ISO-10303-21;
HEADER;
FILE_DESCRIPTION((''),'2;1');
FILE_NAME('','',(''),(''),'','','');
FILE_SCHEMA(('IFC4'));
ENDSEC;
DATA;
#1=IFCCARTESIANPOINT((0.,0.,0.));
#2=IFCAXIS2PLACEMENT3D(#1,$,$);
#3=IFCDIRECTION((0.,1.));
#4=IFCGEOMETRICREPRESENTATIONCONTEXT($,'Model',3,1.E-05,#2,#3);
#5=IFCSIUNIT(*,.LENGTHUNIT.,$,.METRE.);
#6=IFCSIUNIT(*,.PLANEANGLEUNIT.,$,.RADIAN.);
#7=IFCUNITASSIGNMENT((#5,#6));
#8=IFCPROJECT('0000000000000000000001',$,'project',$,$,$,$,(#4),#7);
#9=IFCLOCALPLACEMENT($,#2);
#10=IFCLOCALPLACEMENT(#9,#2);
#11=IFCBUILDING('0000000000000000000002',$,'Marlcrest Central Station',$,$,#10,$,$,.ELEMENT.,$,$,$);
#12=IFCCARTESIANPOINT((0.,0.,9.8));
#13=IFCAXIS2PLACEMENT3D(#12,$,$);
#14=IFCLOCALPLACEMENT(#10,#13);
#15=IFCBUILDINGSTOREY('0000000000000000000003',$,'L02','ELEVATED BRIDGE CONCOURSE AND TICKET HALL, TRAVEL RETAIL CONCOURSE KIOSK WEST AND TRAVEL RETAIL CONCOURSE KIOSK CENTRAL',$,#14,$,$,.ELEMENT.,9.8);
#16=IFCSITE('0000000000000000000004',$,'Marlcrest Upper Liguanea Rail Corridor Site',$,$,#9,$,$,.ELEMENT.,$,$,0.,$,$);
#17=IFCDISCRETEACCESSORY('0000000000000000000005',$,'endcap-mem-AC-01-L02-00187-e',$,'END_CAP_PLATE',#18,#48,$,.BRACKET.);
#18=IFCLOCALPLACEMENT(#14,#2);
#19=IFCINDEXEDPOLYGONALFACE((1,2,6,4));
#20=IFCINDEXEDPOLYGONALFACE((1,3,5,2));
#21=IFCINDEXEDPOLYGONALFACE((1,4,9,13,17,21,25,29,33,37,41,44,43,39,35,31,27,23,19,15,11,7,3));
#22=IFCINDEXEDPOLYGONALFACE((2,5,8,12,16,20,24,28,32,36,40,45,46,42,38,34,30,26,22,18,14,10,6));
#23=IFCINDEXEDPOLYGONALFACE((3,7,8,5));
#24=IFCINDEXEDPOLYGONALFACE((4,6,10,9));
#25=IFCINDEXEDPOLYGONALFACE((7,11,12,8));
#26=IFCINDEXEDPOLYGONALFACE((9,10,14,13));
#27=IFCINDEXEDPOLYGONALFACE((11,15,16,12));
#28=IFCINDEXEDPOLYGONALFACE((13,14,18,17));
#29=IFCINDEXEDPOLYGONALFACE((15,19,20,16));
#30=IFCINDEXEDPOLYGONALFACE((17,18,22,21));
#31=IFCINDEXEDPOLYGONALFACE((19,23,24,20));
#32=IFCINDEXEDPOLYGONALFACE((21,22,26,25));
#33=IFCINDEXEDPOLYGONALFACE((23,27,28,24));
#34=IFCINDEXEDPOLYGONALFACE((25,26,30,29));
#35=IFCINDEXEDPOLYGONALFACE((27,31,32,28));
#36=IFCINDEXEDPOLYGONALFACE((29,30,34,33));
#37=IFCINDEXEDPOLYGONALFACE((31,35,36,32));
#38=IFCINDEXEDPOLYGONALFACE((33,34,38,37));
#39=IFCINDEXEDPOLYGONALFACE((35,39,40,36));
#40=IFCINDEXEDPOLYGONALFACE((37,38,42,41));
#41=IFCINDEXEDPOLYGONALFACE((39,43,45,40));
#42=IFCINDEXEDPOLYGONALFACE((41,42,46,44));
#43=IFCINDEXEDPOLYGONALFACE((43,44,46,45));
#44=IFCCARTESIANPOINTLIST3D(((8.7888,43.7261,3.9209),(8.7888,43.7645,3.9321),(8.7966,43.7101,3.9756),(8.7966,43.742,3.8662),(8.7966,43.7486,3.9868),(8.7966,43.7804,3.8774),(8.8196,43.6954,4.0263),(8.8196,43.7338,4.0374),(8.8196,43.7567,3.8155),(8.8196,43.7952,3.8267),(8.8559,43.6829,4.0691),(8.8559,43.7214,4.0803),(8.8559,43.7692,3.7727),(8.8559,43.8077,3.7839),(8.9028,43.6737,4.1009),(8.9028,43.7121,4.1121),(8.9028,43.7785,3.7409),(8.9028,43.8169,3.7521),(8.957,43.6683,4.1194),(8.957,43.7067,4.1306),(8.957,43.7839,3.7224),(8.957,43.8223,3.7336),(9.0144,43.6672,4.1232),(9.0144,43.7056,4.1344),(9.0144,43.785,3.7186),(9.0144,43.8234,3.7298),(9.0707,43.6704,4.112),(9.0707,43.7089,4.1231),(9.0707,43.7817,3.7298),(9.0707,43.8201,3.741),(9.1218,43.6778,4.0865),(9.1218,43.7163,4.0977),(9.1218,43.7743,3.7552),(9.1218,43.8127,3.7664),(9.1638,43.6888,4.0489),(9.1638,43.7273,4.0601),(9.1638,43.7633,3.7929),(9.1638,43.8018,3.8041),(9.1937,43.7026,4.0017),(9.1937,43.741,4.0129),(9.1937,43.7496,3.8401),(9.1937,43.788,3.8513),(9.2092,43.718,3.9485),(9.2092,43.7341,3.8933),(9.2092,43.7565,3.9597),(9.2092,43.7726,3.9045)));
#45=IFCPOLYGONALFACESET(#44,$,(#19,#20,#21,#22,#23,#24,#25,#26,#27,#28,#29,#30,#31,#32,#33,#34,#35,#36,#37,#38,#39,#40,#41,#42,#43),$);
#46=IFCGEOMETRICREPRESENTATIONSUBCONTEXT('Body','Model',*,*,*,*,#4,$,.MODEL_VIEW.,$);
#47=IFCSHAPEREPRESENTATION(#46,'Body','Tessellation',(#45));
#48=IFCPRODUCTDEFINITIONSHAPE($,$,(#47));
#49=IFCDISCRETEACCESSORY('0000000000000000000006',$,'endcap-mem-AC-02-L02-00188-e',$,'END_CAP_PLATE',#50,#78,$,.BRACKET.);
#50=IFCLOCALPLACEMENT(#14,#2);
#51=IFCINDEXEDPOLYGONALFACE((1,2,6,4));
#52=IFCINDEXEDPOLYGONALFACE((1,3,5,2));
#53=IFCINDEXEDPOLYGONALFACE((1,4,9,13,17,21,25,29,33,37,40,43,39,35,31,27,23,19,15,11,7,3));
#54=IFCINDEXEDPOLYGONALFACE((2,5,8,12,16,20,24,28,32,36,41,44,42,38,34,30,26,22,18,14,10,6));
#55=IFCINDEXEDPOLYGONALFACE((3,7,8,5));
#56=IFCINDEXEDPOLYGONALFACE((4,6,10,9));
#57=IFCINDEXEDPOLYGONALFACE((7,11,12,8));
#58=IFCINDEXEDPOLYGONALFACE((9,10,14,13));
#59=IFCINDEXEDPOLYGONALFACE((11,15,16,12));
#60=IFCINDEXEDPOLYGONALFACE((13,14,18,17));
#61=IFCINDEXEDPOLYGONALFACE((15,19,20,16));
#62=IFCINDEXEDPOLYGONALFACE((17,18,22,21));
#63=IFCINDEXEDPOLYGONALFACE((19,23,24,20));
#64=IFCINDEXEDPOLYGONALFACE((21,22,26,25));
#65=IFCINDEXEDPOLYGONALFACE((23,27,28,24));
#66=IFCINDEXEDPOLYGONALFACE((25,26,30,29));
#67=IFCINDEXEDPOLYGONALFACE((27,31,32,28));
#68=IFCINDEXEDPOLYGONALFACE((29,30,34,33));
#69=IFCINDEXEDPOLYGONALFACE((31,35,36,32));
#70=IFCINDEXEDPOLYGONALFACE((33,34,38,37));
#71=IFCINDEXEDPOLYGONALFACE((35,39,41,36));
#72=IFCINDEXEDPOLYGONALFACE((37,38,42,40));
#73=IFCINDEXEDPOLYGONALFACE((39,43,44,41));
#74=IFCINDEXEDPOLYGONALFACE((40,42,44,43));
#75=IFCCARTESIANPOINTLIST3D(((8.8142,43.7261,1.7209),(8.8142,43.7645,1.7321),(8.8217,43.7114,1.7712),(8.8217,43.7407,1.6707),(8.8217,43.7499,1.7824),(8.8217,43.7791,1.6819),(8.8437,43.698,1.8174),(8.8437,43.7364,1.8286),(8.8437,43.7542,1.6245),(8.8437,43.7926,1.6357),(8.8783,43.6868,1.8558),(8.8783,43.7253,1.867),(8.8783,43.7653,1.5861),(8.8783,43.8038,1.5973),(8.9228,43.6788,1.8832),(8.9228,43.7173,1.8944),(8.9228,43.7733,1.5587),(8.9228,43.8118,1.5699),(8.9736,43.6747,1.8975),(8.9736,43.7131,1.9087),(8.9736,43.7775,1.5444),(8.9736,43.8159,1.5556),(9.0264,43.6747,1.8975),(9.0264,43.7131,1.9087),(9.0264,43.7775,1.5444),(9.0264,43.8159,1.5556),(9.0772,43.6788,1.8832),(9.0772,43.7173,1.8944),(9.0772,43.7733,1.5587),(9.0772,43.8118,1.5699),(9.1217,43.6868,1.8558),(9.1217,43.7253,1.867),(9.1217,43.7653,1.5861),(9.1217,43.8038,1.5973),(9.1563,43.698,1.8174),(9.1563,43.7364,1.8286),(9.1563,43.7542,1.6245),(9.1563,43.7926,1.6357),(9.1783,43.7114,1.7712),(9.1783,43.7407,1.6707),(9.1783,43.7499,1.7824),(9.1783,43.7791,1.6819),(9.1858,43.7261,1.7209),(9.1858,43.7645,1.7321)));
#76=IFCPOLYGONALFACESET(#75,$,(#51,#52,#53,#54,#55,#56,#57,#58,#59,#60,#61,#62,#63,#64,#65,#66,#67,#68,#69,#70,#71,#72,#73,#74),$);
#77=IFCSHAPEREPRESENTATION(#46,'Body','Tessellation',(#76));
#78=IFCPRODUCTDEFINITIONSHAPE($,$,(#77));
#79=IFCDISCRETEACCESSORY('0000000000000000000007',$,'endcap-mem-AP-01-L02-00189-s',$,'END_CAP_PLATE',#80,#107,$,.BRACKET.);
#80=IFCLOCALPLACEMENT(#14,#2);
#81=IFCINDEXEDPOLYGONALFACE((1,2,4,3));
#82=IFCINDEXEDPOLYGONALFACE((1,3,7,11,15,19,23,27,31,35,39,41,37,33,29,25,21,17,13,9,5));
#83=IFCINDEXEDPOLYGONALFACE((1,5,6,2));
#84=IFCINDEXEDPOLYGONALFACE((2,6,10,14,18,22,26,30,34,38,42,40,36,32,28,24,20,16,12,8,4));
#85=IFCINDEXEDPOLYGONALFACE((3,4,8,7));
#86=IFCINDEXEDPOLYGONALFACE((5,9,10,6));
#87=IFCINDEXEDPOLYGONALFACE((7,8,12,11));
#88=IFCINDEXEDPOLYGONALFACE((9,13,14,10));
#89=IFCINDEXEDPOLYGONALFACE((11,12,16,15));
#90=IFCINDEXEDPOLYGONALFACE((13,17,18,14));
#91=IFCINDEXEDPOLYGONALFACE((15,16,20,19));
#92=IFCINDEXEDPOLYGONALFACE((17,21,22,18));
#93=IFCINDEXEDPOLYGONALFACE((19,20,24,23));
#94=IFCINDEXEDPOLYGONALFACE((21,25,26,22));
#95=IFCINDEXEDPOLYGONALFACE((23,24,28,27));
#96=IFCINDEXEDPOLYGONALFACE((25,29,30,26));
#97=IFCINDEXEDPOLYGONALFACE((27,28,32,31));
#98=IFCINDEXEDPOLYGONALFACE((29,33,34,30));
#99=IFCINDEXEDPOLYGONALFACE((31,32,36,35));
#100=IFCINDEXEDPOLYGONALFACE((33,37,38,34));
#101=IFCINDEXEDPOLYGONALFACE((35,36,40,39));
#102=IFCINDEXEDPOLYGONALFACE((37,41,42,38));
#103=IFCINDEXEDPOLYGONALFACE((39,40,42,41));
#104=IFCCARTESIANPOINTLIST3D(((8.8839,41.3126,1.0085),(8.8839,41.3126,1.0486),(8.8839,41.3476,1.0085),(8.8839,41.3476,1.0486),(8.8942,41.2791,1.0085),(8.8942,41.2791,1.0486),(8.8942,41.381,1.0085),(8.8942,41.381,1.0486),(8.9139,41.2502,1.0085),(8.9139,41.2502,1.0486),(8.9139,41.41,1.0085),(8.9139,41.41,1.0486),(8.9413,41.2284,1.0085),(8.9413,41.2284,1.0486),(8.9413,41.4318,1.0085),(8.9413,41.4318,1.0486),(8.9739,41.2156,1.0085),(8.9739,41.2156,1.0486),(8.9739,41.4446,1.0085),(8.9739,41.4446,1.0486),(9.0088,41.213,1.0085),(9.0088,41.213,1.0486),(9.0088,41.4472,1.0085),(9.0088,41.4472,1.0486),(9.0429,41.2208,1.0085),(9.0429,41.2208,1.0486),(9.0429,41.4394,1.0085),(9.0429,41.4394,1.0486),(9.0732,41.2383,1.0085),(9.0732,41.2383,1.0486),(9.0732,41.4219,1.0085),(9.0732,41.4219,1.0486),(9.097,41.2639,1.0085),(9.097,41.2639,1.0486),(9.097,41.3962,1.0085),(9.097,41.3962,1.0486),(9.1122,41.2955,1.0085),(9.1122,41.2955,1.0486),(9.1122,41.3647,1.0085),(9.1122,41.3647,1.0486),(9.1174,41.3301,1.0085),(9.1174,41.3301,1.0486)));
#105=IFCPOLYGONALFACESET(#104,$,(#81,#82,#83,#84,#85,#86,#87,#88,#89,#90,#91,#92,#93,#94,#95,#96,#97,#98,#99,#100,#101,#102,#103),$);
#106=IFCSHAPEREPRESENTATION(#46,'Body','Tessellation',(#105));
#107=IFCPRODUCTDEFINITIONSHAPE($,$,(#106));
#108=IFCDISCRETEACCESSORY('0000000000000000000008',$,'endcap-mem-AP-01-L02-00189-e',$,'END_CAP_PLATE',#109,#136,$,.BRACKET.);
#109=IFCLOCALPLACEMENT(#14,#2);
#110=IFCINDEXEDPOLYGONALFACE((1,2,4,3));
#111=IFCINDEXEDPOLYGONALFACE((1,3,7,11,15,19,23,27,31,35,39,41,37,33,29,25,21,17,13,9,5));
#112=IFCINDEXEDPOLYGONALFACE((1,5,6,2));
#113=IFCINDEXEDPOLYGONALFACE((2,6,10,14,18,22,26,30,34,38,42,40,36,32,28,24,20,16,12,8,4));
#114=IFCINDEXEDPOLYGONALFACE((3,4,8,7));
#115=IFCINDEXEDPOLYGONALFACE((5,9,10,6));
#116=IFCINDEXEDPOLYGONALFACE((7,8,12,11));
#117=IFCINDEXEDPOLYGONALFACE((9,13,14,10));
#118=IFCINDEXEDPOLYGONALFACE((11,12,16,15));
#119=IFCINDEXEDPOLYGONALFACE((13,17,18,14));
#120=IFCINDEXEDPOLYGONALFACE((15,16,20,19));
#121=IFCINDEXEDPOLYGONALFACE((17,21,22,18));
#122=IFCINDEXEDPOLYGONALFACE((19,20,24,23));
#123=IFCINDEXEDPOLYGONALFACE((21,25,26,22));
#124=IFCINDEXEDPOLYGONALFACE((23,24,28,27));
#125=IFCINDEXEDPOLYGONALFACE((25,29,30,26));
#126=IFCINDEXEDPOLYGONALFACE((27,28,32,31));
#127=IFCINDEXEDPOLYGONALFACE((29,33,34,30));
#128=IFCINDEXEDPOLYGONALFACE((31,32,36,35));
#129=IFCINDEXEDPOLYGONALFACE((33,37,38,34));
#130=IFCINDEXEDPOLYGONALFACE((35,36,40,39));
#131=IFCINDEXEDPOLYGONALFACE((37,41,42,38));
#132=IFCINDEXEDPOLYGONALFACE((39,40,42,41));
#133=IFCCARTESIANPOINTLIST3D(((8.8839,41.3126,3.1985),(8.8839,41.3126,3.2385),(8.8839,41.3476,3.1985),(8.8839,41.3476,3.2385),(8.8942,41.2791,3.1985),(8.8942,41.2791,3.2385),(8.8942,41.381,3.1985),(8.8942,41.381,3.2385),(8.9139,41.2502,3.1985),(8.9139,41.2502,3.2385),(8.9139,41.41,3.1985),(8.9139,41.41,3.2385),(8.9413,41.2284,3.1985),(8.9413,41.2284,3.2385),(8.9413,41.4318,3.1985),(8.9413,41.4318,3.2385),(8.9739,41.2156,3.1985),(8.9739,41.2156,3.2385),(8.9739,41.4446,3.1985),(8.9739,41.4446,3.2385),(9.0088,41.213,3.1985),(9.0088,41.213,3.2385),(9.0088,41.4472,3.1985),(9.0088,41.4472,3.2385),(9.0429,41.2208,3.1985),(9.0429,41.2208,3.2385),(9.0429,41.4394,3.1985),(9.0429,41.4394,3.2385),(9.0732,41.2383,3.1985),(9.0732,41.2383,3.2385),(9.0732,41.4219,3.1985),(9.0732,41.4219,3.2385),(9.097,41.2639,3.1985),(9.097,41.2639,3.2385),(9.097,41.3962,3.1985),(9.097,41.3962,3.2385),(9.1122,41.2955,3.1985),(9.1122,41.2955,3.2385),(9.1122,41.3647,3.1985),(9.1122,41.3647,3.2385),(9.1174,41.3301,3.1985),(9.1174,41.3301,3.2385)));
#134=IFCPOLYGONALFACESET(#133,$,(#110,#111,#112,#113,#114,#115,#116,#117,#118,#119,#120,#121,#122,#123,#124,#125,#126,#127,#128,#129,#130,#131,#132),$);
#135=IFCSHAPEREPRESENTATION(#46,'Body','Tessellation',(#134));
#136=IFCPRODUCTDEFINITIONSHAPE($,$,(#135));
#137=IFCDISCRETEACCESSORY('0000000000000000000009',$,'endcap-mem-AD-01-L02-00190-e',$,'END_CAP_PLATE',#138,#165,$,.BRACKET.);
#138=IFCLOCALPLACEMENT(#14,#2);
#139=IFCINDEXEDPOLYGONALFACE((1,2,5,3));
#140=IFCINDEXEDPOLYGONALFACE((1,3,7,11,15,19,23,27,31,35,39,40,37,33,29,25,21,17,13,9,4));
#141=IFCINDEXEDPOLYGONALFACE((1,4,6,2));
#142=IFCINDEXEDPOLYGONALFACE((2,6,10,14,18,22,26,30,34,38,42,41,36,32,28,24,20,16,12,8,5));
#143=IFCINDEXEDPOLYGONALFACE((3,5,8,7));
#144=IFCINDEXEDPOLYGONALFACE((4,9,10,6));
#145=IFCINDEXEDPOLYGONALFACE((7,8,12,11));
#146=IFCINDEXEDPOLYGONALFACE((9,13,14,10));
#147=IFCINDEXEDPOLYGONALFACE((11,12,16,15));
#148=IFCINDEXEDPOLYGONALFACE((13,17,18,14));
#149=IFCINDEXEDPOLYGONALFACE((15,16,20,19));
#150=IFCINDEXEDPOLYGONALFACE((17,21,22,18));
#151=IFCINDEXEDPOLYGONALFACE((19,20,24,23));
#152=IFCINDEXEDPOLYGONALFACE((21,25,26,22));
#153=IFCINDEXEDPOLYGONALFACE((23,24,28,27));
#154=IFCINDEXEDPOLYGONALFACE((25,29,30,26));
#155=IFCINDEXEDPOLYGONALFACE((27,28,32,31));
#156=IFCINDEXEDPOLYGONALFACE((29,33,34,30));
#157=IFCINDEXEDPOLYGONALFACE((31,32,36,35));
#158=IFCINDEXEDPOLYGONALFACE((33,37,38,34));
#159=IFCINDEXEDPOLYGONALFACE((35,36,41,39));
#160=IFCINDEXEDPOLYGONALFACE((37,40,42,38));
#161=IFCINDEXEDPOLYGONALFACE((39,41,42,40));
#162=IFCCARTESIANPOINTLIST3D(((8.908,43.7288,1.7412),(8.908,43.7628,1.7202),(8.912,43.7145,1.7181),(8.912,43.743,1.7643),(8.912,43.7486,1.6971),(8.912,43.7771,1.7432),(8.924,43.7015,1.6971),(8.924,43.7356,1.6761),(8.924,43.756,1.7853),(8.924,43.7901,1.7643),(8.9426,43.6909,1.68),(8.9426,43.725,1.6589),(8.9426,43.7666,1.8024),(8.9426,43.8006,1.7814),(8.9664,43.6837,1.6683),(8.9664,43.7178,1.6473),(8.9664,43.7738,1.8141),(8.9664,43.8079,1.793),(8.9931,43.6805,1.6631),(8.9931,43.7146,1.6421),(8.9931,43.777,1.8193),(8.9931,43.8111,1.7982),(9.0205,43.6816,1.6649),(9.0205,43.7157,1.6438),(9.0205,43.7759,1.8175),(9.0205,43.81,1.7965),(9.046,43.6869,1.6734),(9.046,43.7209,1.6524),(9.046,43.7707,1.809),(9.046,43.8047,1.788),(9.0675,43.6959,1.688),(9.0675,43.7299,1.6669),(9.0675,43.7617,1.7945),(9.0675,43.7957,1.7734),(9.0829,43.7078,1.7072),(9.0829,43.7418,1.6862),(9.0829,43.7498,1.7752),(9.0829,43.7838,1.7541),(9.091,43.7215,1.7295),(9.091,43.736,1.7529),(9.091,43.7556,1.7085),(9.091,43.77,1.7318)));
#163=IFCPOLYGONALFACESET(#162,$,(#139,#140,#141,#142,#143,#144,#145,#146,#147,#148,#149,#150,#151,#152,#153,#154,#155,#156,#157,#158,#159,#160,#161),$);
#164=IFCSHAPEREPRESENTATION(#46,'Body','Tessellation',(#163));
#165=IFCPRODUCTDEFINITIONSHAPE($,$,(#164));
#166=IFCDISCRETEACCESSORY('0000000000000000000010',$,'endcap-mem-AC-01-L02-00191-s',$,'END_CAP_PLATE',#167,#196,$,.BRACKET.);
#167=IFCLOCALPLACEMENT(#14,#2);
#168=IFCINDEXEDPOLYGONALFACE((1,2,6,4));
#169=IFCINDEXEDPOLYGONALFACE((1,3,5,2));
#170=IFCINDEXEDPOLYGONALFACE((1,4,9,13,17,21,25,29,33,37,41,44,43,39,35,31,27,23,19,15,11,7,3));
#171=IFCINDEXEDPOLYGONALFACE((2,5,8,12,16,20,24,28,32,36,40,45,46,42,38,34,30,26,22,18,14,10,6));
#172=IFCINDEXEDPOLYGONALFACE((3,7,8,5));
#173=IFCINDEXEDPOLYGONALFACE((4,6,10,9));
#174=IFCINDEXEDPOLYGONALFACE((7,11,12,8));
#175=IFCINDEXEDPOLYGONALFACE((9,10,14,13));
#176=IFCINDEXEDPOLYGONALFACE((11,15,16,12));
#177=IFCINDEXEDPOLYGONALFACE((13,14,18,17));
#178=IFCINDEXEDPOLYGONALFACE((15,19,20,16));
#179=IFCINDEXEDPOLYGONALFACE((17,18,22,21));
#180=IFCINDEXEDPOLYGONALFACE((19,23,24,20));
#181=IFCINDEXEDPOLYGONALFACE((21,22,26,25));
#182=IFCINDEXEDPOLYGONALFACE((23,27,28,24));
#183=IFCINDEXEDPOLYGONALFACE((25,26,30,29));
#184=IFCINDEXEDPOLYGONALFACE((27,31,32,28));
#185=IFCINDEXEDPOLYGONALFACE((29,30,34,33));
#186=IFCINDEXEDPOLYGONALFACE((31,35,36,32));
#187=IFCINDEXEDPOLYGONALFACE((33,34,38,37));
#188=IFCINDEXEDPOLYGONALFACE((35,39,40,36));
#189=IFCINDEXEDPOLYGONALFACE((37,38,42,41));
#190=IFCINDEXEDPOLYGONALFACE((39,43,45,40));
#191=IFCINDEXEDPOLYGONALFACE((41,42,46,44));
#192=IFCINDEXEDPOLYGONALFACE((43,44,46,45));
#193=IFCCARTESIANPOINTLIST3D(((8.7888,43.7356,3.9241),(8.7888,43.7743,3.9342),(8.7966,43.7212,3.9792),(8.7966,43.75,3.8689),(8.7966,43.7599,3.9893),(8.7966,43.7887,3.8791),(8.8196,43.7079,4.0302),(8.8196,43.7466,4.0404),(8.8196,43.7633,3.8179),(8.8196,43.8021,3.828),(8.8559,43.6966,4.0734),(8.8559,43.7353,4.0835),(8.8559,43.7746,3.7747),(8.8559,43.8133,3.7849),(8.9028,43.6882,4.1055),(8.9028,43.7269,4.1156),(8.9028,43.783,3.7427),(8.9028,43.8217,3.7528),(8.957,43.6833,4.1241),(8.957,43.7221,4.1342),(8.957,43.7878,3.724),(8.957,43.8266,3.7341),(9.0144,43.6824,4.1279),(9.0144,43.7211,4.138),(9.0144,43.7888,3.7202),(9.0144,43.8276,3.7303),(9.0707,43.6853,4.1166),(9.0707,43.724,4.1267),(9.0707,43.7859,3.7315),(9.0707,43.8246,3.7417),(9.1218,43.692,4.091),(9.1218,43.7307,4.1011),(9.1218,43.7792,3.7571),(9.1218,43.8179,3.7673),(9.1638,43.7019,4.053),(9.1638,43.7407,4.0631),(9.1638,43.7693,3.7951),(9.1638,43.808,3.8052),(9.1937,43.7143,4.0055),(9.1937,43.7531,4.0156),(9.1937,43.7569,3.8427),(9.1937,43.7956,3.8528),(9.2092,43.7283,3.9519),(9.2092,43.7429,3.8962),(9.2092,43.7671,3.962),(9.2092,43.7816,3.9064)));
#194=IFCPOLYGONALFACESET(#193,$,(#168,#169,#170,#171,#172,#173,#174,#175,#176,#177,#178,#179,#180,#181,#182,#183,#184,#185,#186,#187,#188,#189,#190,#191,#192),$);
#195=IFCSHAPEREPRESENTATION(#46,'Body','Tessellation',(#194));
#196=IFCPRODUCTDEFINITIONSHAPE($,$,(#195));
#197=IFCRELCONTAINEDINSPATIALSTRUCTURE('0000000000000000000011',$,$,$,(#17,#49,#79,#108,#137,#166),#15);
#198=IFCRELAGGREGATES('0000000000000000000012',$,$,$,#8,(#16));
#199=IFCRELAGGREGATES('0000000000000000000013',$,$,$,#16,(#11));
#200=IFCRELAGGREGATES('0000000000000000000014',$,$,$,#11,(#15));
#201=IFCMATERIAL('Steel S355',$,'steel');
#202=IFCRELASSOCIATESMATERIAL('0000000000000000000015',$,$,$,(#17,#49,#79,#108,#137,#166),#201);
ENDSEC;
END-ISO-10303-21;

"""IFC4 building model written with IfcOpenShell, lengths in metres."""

from ifc_helpers import new_model, si_unit, direction, frame, origin, origin_2d, place, context, subcontext, project, spatial, circle, extrude, material, element, save


model = new_model("IFC4")

# Units and contexts
model_context = context("Model", 3, precision=1e-05, world=origin(), true_north=direction((0.0, 1.0)))
body_context = subcontext(model_context, "Body", "Model", "MODEL_VIEW")
ifc_project = project(units=[si_unit("LENGTHUNIT", "METRE"), si_unit("PLANEANGLEUNIT", "RADIAN")], contexts=[model_context])

# Site, building, storey
site_placement = place(None, origin())
site = spatial("IfcSite", under=ifc_project, at=site_placement, Name="Marlcrest Upper Liguanea Rail Corridor Site", CompositionType="ELEMENT", RefElevation=0.0)
building_placement = place(site_placement, origin())
building = spatial("IfcBuilding", under=site, at=building_placement, Name="Marlcrest Central Station", CompositionType="ELEMENT")
storey_placement = place(building_placement, frame((0.0, 0.0, 9.8)))
storey = spatial("IfcBuildingStorey", under=building, at=storey_placement, Name="L02", Description="ELEVATED BRIDGE CONCOURSE AND TICKET HALL, TRAVEL RETAIL CONCOURSE KIOSK WEST AND TRAVEL RETAIL CONCOURSE KIOSK CENTRAL", CompositionType="ELEMENT", Elevation=9.8)

# Shared definitions
ifc_material_1 = material(Name="Steel S355", Category="steel")

# Discrete accessories
discrete_accessory_1_placement = place(storey_placement, frame((9.0, 43.7261, 3.9209), z_axis=(0.0, 0.96013, 0.279554), x_axis=(-1.0, 0.0, 0.0)))
element("IfcDiscreteAccessory", 1, at=discrete_accessory_1_placement, inside=storey, material=ifc_material_1, Name="endcap-mem-AC-01-L02-00187-e", ObjectType="END_CAP_PLATE", PredefinedType="BRACKET", context=body_context, shape_type="SweptSolid", body=[
    extrude(circle(Radius=0.2112, at=origin_2d()), origin(), (0.0, 0.0, 1.0), 0.04),
])
discrete_accessory_2_placement = place(storey_placement, frame((9.0, 43.7261, 1.7209), z_axis=(0.0, 0.96013, 0.279554), x_axis=(-1.0, 0.0, 0.0)))
element("IfcDiscreteAccessory", 2, at=discrete_accessory_2_placement, inside=storey, material=ifc_material_1, Name="endcap-mem-AC-02-L02-00188-e", ObjectType="END_CAP_PLATE", PredefinedType="BRACKET", context=body_context, shape_type="SweptSolid", body=[
    extrude(circle(Radius=0.1858, at=origin_2d()), origin(), (0.0, 0.0, 1.0), 0.04),
])
for number, where, z_axis, x_axis, name in (
    (3, (9.0, 41.3301, 1.0085), (0.0, 0.0, 1.0), (1.0, 0.0, 0.0), "endcap-mem-AP-01-L02-00189-s"),
    (4, (9.0, 41.3301, 3.1985), (0.0, 0.0, 1.0), (1.0, 0.0, 0.0), "endcap-mem-AP-01-L02-00189-e"),
):
    element("IfcDiscreteAccessory", number, at=place(storey_placement, frame(where, z_axis=z_axis, x_axis=x_axis)), inside=storey, material=ifc_material_1, Name=name, ObjectType="END_CAP_PLATE", PredefinedType="BRACKET", context=body_context, shape_type="SweptSolid", body=[
        extrude(circle(Radius=0.1174, at=origin_2d()), origin(), (0.0, 0.0, 1.0), 0.04),
    ])
discrete_accessory_3_placement = place(storey_placement, frame((9.0, 43.7288, 1.7412), z_axis=(0.0, 0.850687, -0.525672), x_axis=(-1.0, 0.0, 0.0)))
element("IfcDiscreteAccessory", 5, at=discrete_accessory_3_placement, inside=storey, material=ifc_material_1, Name="endcap-mem-AD-01-L02-00190-e", ObjectType="END_CAP_PLATE", PredefinedType="BRACKET", context=body_context, shape_type="SweptSolid", body=[
    extrude(circle(Radius=0.092, at=origin_2d()), origin(), (0.0, 0.0, 1.0), 0.04),
])
for number, where, z_axis, x_axis, name in (
    (6, (9.0, 43.7356, 3.9241), (0.0, 0.967539, 0.25272), (-1.0, 0.0, 0.0), "endcap-mem-AC-01-L02-00191-s"),
):
    element("IfcDiscreteAccessory", number, at=place(storey_placement, frame(where, z_axis=z_axis, x_axis=x_axis)), inside=storey, material=ifc_material_1, Name=name, ObjectType="END_CAP_PLATE", PredefinedType="BRACKET", context=body_context, shape_type="SweptSolid", body=[
        extrude(circle(Radius=0.2112, at=origin_2d()), origin(), (0.0, 0.0, 1.0), 0.04),
    ])

save(model, "model.ifc")
